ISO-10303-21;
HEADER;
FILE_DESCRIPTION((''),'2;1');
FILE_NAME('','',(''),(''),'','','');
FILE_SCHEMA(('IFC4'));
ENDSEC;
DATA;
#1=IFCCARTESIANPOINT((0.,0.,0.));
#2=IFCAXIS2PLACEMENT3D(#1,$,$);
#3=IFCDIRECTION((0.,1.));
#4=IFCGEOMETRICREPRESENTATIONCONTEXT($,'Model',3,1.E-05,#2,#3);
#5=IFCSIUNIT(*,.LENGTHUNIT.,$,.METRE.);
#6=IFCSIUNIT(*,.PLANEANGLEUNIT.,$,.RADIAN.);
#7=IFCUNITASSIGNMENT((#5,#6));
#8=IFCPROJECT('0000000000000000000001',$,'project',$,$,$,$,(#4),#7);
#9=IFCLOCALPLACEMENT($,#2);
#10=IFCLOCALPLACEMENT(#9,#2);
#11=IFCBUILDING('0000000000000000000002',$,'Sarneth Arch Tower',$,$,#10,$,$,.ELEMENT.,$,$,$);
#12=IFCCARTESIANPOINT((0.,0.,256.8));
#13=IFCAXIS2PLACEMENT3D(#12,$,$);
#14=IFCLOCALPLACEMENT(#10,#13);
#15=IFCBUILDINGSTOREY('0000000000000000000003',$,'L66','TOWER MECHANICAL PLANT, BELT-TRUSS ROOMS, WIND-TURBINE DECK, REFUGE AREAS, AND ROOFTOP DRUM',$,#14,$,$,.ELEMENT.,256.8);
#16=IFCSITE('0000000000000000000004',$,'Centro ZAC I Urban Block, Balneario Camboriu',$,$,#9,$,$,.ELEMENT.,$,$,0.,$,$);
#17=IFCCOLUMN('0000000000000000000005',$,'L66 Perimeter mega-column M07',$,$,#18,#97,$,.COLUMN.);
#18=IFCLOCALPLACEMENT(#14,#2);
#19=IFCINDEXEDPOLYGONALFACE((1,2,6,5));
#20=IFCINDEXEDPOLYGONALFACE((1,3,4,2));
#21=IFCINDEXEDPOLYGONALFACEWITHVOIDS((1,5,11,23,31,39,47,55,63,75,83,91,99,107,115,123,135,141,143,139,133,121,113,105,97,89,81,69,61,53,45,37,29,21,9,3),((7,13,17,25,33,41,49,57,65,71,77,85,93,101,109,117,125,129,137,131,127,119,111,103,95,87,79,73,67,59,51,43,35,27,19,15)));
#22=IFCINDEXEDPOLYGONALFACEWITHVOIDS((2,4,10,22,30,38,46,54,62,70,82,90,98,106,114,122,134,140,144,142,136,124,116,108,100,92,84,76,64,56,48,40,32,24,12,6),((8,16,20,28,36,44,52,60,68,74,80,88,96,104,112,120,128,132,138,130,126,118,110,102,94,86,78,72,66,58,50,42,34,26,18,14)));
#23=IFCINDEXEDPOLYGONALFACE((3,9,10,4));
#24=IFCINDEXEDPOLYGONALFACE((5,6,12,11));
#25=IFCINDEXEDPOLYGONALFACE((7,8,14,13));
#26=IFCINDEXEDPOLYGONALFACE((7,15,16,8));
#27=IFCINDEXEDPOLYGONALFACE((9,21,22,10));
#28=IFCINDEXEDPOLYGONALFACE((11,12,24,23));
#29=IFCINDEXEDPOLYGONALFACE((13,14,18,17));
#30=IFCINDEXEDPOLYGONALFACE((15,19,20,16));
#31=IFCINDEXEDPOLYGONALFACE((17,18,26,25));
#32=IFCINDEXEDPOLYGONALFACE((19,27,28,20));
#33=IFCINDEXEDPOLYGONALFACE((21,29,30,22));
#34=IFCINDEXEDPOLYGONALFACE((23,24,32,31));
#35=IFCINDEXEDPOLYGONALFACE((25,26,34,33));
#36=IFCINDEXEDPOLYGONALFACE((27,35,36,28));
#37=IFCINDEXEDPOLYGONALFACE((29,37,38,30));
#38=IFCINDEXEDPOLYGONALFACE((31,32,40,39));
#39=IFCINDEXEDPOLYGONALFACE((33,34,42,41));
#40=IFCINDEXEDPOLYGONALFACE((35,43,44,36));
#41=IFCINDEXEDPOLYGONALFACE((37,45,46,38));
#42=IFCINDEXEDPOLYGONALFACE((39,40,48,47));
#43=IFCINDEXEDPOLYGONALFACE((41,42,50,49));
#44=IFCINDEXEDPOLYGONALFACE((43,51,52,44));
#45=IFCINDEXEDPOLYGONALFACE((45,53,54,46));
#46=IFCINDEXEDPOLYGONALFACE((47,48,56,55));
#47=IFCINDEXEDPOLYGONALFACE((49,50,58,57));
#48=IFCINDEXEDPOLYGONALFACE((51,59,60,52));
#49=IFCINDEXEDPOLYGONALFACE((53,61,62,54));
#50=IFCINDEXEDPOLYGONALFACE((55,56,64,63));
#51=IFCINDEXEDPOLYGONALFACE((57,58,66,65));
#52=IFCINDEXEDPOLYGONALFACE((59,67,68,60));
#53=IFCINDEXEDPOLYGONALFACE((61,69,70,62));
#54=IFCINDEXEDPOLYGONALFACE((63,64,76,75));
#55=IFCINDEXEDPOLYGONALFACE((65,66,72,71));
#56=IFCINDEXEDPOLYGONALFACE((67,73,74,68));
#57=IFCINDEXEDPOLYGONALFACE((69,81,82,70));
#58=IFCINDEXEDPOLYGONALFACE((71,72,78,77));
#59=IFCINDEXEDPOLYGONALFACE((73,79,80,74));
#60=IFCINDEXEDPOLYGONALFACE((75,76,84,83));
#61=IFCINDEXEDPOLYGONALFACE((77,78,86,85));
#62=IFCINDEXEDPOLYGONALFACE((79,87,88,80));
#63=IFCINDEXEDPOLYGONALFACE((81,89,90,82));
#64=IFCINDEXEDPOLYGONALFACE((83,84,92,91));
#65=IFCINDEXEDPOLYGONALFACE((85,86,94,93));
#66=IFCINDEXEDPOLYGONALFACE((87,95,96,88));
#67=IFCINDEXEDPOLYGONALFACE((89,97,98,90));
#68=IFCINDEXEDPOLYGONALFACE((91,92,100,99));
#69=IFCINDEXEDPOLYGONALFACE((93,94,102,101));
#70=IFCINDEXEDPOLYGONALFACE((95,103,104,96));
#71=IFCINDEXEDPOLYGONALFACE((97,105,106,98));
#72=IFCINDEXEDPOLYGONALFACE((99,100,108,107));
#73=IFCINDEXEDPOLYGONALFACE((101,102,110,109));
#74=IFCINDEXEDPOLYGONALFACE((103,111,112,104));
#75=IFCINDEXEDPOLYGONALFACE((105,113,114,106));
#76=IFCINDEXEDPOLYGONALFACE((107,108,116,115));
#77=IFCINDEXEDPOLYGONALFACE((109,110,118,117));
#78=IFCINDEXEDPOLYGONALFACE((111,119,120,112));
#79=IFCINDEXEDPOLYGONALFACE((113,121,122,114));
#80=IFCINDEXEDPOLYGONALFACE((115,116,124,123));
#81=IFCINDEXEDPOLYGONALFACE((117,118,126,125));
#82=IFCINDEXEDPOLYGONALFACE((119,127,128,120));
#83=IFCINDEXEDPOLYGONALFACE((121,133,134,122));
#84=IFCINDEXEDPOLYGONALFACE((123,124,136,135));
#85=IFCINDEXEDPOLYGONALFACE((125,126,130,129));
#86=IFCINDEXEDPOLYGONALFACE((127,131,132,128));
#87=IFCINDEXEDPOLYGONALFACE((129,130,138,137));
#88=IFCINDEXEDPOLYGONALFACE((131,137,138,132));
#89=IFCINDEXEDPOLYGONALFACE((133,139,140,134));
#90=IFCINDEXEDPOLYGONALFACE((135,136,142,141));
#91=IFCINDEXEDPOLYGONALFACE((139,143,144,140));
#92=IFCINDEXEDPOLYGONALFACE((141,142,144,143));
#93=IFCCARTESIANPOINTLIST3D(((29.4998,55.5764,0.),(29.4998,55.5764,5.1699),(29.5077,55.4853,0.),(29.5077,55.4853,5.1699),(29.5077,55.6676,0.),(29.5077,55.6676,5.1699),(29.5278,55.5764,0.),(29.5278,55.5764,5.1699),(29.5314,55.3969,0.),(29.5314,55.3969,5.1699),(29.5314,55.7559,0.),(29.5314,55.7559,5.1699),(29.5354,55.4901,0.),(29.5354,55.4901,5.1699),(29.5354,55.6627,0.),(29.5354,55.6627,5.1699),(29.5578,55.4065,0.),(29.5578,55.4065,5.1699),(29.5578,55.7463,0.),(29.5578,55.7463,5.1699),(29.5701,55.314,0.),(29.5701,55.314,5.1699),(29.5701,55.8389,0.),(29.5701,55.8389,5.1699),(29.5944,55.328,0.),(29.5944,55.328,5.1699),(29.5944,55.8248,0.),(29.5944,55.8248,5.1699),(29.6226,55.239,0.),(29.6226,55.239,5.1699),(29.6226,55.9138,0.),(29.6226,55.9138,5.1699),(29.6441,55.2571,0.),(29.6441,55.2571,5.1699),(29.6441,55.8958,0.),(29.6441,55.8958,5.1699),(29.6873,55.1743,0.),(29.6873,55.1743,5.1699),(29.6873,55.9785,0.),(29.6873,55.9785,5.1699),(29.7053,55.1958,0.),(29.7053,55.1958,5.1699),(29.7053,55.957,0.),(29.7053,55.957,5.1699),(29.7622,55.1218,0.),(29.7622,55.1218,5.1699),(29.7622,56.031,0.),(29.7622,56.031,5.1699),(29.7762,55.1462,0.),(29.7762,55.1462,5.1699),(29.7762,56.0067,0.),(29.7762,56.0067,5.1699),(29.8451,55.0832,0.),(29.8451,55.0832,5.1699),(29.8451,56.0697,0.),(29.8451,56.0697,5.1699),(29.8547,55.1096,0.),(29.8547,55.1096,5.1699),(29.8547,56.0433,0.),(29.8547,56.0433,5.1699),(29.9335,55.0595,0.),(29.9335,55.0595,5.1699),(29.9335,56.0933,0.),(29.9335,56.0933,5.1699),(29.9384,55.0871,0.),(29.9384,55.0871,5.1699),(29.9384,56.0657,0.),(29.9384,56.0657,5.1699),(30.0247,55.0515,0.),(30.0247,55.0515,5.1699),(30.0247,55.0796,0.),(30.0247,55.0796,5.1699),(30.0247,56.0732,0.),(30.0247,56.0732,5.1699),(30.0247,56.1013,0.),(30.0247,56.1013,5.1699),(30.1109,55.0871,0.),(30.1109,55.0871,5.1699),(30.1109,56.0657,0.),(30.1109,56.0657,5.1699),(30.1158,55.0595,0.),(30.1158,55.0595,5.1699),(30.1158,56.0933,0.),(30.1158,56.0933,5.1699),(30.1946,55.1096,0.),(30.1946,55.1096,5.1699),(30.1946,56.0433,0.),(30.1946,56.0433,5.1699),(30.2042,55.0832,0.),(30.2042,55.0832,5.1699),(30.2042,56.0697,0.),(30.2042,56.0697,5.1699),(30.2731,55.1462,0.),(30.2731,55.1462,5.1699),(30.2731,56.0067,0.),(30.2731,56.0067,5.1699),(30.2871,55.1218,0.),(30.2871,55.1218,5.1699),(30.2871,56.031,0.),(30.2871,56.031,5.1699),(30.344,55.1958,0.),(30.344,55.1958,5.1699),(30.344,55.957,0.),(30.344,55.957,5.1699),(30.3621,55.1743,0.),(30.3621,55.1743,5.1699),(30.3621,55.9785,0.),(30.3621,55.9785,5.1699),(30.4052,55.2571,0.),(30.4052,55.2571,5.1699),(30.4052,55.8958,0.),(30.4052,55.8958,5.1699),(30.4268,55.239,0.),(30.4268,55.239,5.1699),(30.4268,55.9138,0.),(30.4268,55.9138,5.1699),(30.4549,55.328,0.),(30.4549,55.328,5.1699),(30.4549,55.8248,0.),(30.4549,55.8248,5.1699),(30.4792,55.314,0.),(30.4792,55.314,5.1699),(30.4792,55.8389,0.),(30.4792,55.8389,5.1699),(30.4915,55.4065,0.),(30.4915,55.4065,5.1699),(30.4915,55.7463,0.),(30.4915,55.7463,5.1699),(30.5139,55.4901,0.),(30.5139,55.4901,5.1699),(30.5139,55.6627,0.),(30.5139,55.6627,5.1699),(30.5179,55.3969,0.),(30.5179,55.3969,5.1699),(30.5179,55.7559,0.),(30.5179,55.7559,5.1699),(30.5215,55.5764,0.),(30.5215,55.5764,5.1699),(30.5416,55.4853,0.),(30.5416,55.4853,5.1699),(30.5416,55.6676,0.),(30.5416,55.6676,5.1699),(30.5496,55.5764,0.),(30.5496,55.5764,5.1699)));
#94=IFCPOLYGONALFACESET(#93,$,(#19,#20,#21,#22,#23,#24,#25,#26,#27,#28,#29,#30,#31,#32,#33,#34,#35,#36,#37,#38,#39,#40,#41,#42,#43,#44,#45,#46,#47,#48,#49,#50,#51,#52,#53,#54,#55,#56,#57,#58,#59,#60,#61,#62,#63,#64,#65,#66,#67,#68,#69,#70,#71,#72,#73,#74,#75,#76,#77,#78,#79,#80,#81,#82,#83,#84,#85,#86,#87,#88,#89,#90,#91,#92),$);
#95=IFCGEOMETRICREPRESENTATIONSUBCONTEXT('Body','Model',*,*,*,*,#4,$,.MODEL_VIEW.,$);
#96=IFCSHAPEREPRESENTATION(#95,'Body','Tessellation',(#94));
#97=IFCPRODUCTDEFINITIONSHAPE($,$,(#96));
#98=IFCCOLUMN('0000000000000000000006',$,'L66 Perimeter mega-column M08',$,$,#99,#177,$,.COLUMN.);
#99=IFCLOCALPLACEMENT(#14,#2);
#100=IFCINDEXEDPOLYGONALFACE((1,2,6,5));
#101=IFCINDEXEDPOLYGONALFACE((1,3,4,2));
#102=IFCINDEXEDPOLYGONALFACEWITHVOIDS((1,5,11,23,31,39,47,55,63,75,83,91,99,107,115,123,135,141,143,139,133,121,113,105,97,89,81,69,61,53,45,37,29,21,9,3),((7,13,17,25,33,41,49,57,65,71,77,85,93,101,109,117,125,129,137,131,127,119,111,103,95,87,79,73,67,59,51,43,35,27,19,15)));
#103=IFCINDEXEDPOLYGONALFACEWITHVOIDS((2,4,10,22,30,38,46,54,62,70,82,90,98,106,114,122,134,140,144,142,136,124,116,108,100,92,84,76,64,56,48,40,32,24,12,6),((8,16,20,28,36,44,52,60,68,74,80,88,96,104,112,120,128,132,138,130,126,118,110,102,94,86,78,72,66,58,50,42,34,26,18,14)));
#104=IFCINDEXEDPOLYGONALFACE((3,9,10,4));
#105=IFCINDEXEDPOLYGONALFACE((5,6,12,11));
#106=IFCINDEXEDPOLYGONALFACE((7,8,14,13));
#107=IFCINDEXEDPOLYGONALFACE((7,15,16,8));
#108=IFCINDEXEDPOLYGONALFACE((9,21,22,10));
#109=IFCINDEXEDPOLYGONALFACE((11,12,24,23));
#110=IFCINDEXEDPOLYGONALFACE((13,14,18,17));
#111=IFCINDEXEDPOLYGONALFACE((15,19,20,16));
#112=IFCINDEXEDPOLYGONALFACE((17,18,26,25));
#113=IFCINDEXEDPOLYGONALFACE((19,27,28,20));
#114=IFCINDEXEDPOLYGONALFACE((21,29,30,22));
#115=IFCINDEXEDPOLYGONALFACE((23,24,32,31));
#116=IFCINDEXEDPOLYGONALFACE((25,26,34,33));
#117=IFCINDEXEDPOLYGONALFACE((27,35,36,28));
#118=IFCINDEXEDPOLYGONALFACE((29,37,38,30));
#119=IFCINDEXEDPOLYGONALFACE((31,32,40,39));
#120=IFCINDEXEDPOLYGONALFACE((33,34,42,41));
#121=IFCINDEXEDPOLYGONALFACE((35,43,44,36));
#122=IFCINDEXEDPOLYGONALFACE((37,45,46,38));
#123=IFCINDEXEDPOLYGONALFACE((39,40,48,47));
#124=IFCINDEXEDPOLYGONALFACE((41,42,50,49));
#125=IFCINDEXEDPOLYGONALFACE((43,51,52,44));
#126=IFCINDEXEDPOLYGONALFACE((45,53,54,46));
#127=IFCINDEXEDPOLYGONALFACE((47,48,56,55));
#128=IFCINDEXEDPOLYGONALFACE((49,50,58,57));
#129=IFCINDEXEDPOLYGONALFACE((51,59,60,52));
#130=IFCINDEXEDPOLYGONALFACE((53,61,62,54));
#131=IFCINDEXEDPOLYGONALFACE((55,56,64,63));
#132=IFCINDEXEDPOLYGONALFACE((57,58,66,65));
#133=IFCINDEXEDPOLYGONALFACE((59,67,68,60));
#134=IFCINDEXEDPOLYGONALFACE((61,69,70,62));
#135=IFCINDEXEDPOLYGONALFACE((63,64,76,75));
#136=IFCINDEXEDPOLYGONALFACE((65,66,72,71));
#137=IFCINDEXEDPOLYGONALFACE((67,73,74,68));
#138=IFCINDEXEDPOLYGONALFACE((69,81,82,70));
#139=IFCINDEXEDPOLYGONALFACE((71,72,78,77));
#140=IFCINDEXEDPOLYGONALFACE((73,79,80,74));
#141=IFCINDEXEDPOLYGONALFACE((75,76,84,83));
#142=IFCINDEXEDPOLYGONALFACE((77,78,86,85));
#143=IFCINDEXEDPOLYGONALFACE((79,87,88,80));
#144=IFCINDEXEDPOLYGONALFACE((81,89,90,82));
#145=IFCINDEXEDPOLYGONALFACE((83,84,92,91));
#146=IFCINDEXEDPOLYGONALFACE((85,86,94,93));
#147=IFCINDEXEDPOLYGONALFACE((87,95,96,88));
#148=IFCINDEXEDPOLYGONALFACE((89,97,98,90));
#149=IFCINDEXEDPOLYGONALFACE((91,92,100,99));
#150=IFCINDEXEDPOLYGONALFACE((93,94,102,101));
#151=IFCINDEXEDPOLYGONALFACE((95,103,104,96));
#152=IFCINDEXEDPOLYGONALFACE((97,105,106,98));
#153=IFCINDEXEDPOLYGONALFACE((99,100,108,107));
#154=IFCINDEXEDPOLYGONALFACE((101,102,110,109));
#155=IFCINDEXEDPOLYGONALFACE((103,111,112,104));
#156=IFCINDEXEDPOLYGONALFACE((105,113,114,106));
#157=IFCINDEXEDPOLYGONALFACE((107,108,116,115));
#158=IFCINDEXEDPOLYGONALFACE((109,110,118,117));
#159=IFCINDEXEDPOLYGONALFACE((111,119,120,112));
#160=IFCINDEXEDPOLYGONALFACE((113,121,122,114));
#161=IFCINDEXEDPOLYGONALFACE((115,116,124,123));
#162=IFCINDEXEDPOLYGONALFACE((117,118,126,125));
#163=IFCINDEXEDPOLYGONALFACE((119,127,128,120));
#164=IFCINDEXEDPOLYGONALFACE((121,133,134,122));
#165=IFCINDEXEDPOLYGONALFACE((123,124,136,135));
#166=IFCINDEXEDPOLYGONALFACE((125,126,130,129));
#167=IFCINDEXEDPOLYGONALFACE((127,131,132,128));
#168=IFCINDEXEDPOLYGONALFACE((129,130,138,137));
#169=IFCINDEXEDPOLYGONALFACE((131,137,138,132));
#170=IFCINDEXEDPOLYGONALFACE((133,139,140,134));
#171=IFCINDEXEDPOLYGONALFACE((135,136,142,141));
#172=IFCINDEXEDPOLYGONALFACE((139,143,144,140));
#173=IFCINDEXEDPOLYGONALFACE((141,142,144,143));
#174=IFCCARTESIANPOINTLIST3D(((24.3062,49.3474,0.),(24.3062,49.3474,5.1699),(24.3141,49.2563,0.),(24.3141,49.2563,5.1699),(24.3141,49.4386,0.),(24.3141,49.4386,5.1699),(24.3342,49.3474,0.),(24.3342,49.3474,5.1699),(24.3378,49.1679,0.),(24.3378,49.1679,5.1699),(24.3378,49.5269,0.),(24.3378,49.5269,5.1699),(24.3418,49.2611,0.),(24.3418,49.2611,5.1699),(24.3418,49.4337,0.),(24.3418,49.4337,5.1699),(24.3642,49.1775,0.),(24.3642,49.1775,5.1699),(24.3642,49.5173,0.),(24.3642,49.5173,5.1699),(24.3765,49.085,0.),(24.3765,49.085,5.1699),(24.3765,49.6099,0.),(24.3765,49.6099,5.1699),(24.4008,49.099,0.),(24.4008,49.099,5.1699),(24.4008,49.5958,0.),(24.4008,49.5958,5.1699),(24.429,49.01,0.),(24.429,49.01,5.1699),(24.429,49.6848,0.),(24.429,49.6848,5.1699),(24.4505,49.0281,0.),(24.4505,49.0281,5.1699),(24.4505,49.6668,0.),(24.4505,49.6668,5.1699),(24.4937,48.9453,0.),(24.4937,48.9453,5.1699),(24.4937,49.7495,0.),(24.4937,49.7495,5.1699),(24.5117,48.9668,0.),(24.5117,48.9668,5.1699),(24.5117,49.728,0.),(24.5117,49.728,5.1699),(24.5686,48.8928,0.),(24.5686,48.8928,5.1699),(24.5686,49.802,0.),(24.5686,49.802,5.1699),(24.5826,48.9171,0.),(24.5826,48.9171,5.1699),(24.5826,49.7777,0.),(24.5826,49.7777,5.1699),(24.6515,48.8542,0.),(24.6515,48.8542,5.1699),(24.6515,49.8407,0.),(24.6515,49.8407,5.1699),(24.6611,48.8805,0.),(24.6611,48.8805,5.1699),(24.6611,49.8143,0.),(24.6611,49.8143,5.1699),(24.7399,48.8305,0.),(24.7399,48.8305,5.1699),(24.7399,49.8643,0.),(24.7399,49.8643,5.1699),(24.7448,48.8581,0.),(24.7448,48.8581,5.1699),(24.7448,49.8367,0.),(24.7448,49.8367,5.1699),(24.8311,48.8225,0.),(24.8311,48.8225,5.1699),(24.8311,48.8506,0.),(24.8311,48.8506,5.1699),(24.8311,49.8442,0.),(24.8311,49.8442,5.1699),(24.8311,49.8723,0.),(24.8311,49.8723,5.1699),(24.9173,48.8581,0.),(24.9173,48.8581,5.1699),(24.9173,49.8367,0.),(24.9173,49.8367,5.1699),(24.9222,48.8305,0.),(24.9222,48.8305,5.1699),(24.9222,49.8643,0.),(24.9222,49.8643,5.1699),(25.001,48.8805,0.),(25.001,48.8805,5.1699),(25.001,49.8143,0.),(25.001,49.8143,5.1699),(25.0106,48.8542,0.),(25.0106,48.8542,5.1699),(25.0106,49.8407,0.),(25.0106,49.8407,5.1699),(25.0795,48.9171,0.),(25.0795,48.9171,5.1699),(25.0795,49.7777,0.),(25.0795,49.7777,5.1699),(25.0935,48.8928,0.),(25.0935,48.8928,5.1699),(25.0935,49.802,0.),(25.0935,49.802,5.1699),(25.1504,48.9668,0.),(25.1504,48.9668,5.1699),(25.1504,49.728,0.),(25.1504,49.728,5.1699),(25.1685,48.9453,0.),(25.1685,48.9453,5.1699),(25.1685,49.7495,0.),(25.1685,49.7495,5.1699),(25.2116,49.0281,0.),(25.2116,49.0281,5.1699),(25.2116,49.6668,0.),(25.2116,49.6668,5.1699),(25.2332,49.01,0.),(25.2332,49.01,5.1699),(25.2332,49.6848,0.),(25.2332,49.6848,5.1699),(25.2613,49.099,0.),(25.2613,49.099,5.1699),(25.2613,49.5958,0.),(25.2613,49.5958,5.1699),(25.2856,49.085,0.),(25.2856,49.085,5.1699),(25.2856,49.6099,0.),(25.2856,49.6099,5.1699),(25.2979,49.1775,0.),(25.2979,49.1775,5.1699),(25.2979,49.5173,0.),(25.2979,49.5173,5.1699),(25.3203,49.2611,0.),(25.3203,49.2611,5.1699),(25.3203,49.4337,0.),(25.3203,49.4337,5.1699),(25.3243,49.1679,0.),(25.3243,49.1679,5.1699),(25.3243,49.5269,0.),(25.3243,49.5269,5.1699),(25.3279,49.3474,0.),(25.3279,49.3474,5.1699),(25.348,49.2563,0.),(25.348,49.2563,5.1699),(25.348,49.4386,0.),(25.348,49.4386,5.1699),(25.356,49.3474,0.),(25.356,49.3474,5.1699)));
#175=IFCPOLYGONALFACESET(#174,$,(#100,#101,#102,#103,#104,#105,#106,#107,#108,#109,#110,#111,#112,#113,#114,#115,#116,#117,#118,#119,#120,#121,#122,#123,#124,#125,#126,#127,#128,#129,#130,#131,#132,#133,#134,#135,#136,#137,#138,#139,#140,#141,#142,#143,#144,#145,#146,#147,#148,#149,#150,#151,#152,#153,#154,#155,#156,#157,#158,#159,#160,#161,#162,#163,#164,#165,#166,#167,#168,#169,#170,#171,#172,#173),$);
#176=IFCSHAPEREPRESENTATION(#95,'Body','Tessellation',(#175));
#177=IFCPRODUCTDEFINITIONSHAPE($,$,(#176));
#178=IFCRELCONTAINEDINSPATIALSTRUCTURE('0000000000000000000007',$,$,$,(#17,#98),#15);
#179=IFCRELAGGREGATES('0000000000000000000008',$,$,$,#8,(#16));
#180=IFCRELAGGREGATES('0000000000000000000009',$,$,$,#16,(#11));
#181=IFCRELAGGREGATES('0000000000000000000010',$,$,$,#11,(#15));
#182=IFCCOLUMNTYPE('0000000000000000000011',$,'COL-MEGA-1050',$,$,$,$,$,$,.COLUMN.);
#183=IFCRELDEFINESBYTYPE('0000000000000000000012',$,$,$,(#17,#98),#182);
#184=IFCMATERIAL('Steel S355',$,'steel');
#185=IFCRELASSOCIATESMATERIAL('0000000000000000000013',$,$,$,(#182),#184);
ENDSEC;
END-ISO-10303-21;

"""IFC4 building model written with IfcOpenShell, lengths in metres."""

from ifc_helpers import new_model, si_unit, direction, frame, origin, origin_2d, place, context, subcontext, project, spatial, hollow_circle, extrude, material, material_profile, profile_set, type_object, element, save


model = new_model("IFC4")

# Units and contexts
model_context = context("Model", 3, precision=1e-05, world=origin(), true_north=direction((0.0, 1.0)))
body_context = subcontext(model_context, "Body", "Model", "MODEL_VIEW")
ifc_project = project(units=[si_unit("LENGTHUNIT", "METRE"), si_unit("PLANEANGLEUNIT", "RADIAN")], contexts=[model_context])

# Site, building, storey
site_placement = place(None, origin())
site = spatial("IfcSite", under=ifc_project, at=site_placement, Name="Centro ZAC I Urban Block, Balneario Camboriu", CompositionType="ELEMENT", RefElevation=0.0)
building_placement = place(site_placement, origin())
building = spatial("IfcBuilding", under=site, at=building_placement, Name="Sarneth Arch Tower", CompositionType="ELEMENT")
storey_placement = place(building_placement, frame((0.0, 0.0, 256.8)))
storey = spatial("IfcBuildingStorey", under=building, at=storey_placement, Name="L66", Description="TOWER MECHANICAL PLANT, BELT-TRUSS ROOMS, WIND-TURBINE DECK, REFUGE AREAS, AND ROOFTOP DRUM", CompositionType="ELEMENT", Elevation=256.8)

# Columns
ifc_material_1 = material(Name="Steel S355", Category="steel")
ifc_material_profile_1 = material_profile(ifc_material_1, hollow_circle(Radius=0.5249, WallThickness=0.0281, at=origin_2d()), Name="CHS1050x28")
ifc_profile_set_1 = profile_set([ifc_material_profile_1], Name="Steel S355")
column_type = type_object("IfcColumnType", Name="COL-MEGA-1050", PredefinedType="COLUMN", material=ifc_profile_set_1)
for number, where, z_axis, x_axis, name in (
    (1, (30.0247, 55.5764, 0.0), (0.0, 0.0, 1.0), (1.0, 0.0, 0.0), "L66 Perimeter mega-column M07"),
    (2, (24.8311, 49.3474, 0.0), (0.0, 0.0, 1.0), (1.0, 0.0, 0.0), "L66 Perimeter mega-column M08"),
):
    element("IfcColumn", number, at=place(storey_placement, frame(where, z_axis=z_axis, x_axis=x_axis)), inside=storey, type_object=column_type, Name=name, PredefinedType="COLUMN", context=body_context, shape_type="SweptSolid", body=[
        extrude(hollow_circle(Radius=0.5249, WallThickness=0.0281, at=origin_2d()), origin(), (0.0, 0.0, 1.0), 5.1699),
    ])

save(model, "model.ifc")
